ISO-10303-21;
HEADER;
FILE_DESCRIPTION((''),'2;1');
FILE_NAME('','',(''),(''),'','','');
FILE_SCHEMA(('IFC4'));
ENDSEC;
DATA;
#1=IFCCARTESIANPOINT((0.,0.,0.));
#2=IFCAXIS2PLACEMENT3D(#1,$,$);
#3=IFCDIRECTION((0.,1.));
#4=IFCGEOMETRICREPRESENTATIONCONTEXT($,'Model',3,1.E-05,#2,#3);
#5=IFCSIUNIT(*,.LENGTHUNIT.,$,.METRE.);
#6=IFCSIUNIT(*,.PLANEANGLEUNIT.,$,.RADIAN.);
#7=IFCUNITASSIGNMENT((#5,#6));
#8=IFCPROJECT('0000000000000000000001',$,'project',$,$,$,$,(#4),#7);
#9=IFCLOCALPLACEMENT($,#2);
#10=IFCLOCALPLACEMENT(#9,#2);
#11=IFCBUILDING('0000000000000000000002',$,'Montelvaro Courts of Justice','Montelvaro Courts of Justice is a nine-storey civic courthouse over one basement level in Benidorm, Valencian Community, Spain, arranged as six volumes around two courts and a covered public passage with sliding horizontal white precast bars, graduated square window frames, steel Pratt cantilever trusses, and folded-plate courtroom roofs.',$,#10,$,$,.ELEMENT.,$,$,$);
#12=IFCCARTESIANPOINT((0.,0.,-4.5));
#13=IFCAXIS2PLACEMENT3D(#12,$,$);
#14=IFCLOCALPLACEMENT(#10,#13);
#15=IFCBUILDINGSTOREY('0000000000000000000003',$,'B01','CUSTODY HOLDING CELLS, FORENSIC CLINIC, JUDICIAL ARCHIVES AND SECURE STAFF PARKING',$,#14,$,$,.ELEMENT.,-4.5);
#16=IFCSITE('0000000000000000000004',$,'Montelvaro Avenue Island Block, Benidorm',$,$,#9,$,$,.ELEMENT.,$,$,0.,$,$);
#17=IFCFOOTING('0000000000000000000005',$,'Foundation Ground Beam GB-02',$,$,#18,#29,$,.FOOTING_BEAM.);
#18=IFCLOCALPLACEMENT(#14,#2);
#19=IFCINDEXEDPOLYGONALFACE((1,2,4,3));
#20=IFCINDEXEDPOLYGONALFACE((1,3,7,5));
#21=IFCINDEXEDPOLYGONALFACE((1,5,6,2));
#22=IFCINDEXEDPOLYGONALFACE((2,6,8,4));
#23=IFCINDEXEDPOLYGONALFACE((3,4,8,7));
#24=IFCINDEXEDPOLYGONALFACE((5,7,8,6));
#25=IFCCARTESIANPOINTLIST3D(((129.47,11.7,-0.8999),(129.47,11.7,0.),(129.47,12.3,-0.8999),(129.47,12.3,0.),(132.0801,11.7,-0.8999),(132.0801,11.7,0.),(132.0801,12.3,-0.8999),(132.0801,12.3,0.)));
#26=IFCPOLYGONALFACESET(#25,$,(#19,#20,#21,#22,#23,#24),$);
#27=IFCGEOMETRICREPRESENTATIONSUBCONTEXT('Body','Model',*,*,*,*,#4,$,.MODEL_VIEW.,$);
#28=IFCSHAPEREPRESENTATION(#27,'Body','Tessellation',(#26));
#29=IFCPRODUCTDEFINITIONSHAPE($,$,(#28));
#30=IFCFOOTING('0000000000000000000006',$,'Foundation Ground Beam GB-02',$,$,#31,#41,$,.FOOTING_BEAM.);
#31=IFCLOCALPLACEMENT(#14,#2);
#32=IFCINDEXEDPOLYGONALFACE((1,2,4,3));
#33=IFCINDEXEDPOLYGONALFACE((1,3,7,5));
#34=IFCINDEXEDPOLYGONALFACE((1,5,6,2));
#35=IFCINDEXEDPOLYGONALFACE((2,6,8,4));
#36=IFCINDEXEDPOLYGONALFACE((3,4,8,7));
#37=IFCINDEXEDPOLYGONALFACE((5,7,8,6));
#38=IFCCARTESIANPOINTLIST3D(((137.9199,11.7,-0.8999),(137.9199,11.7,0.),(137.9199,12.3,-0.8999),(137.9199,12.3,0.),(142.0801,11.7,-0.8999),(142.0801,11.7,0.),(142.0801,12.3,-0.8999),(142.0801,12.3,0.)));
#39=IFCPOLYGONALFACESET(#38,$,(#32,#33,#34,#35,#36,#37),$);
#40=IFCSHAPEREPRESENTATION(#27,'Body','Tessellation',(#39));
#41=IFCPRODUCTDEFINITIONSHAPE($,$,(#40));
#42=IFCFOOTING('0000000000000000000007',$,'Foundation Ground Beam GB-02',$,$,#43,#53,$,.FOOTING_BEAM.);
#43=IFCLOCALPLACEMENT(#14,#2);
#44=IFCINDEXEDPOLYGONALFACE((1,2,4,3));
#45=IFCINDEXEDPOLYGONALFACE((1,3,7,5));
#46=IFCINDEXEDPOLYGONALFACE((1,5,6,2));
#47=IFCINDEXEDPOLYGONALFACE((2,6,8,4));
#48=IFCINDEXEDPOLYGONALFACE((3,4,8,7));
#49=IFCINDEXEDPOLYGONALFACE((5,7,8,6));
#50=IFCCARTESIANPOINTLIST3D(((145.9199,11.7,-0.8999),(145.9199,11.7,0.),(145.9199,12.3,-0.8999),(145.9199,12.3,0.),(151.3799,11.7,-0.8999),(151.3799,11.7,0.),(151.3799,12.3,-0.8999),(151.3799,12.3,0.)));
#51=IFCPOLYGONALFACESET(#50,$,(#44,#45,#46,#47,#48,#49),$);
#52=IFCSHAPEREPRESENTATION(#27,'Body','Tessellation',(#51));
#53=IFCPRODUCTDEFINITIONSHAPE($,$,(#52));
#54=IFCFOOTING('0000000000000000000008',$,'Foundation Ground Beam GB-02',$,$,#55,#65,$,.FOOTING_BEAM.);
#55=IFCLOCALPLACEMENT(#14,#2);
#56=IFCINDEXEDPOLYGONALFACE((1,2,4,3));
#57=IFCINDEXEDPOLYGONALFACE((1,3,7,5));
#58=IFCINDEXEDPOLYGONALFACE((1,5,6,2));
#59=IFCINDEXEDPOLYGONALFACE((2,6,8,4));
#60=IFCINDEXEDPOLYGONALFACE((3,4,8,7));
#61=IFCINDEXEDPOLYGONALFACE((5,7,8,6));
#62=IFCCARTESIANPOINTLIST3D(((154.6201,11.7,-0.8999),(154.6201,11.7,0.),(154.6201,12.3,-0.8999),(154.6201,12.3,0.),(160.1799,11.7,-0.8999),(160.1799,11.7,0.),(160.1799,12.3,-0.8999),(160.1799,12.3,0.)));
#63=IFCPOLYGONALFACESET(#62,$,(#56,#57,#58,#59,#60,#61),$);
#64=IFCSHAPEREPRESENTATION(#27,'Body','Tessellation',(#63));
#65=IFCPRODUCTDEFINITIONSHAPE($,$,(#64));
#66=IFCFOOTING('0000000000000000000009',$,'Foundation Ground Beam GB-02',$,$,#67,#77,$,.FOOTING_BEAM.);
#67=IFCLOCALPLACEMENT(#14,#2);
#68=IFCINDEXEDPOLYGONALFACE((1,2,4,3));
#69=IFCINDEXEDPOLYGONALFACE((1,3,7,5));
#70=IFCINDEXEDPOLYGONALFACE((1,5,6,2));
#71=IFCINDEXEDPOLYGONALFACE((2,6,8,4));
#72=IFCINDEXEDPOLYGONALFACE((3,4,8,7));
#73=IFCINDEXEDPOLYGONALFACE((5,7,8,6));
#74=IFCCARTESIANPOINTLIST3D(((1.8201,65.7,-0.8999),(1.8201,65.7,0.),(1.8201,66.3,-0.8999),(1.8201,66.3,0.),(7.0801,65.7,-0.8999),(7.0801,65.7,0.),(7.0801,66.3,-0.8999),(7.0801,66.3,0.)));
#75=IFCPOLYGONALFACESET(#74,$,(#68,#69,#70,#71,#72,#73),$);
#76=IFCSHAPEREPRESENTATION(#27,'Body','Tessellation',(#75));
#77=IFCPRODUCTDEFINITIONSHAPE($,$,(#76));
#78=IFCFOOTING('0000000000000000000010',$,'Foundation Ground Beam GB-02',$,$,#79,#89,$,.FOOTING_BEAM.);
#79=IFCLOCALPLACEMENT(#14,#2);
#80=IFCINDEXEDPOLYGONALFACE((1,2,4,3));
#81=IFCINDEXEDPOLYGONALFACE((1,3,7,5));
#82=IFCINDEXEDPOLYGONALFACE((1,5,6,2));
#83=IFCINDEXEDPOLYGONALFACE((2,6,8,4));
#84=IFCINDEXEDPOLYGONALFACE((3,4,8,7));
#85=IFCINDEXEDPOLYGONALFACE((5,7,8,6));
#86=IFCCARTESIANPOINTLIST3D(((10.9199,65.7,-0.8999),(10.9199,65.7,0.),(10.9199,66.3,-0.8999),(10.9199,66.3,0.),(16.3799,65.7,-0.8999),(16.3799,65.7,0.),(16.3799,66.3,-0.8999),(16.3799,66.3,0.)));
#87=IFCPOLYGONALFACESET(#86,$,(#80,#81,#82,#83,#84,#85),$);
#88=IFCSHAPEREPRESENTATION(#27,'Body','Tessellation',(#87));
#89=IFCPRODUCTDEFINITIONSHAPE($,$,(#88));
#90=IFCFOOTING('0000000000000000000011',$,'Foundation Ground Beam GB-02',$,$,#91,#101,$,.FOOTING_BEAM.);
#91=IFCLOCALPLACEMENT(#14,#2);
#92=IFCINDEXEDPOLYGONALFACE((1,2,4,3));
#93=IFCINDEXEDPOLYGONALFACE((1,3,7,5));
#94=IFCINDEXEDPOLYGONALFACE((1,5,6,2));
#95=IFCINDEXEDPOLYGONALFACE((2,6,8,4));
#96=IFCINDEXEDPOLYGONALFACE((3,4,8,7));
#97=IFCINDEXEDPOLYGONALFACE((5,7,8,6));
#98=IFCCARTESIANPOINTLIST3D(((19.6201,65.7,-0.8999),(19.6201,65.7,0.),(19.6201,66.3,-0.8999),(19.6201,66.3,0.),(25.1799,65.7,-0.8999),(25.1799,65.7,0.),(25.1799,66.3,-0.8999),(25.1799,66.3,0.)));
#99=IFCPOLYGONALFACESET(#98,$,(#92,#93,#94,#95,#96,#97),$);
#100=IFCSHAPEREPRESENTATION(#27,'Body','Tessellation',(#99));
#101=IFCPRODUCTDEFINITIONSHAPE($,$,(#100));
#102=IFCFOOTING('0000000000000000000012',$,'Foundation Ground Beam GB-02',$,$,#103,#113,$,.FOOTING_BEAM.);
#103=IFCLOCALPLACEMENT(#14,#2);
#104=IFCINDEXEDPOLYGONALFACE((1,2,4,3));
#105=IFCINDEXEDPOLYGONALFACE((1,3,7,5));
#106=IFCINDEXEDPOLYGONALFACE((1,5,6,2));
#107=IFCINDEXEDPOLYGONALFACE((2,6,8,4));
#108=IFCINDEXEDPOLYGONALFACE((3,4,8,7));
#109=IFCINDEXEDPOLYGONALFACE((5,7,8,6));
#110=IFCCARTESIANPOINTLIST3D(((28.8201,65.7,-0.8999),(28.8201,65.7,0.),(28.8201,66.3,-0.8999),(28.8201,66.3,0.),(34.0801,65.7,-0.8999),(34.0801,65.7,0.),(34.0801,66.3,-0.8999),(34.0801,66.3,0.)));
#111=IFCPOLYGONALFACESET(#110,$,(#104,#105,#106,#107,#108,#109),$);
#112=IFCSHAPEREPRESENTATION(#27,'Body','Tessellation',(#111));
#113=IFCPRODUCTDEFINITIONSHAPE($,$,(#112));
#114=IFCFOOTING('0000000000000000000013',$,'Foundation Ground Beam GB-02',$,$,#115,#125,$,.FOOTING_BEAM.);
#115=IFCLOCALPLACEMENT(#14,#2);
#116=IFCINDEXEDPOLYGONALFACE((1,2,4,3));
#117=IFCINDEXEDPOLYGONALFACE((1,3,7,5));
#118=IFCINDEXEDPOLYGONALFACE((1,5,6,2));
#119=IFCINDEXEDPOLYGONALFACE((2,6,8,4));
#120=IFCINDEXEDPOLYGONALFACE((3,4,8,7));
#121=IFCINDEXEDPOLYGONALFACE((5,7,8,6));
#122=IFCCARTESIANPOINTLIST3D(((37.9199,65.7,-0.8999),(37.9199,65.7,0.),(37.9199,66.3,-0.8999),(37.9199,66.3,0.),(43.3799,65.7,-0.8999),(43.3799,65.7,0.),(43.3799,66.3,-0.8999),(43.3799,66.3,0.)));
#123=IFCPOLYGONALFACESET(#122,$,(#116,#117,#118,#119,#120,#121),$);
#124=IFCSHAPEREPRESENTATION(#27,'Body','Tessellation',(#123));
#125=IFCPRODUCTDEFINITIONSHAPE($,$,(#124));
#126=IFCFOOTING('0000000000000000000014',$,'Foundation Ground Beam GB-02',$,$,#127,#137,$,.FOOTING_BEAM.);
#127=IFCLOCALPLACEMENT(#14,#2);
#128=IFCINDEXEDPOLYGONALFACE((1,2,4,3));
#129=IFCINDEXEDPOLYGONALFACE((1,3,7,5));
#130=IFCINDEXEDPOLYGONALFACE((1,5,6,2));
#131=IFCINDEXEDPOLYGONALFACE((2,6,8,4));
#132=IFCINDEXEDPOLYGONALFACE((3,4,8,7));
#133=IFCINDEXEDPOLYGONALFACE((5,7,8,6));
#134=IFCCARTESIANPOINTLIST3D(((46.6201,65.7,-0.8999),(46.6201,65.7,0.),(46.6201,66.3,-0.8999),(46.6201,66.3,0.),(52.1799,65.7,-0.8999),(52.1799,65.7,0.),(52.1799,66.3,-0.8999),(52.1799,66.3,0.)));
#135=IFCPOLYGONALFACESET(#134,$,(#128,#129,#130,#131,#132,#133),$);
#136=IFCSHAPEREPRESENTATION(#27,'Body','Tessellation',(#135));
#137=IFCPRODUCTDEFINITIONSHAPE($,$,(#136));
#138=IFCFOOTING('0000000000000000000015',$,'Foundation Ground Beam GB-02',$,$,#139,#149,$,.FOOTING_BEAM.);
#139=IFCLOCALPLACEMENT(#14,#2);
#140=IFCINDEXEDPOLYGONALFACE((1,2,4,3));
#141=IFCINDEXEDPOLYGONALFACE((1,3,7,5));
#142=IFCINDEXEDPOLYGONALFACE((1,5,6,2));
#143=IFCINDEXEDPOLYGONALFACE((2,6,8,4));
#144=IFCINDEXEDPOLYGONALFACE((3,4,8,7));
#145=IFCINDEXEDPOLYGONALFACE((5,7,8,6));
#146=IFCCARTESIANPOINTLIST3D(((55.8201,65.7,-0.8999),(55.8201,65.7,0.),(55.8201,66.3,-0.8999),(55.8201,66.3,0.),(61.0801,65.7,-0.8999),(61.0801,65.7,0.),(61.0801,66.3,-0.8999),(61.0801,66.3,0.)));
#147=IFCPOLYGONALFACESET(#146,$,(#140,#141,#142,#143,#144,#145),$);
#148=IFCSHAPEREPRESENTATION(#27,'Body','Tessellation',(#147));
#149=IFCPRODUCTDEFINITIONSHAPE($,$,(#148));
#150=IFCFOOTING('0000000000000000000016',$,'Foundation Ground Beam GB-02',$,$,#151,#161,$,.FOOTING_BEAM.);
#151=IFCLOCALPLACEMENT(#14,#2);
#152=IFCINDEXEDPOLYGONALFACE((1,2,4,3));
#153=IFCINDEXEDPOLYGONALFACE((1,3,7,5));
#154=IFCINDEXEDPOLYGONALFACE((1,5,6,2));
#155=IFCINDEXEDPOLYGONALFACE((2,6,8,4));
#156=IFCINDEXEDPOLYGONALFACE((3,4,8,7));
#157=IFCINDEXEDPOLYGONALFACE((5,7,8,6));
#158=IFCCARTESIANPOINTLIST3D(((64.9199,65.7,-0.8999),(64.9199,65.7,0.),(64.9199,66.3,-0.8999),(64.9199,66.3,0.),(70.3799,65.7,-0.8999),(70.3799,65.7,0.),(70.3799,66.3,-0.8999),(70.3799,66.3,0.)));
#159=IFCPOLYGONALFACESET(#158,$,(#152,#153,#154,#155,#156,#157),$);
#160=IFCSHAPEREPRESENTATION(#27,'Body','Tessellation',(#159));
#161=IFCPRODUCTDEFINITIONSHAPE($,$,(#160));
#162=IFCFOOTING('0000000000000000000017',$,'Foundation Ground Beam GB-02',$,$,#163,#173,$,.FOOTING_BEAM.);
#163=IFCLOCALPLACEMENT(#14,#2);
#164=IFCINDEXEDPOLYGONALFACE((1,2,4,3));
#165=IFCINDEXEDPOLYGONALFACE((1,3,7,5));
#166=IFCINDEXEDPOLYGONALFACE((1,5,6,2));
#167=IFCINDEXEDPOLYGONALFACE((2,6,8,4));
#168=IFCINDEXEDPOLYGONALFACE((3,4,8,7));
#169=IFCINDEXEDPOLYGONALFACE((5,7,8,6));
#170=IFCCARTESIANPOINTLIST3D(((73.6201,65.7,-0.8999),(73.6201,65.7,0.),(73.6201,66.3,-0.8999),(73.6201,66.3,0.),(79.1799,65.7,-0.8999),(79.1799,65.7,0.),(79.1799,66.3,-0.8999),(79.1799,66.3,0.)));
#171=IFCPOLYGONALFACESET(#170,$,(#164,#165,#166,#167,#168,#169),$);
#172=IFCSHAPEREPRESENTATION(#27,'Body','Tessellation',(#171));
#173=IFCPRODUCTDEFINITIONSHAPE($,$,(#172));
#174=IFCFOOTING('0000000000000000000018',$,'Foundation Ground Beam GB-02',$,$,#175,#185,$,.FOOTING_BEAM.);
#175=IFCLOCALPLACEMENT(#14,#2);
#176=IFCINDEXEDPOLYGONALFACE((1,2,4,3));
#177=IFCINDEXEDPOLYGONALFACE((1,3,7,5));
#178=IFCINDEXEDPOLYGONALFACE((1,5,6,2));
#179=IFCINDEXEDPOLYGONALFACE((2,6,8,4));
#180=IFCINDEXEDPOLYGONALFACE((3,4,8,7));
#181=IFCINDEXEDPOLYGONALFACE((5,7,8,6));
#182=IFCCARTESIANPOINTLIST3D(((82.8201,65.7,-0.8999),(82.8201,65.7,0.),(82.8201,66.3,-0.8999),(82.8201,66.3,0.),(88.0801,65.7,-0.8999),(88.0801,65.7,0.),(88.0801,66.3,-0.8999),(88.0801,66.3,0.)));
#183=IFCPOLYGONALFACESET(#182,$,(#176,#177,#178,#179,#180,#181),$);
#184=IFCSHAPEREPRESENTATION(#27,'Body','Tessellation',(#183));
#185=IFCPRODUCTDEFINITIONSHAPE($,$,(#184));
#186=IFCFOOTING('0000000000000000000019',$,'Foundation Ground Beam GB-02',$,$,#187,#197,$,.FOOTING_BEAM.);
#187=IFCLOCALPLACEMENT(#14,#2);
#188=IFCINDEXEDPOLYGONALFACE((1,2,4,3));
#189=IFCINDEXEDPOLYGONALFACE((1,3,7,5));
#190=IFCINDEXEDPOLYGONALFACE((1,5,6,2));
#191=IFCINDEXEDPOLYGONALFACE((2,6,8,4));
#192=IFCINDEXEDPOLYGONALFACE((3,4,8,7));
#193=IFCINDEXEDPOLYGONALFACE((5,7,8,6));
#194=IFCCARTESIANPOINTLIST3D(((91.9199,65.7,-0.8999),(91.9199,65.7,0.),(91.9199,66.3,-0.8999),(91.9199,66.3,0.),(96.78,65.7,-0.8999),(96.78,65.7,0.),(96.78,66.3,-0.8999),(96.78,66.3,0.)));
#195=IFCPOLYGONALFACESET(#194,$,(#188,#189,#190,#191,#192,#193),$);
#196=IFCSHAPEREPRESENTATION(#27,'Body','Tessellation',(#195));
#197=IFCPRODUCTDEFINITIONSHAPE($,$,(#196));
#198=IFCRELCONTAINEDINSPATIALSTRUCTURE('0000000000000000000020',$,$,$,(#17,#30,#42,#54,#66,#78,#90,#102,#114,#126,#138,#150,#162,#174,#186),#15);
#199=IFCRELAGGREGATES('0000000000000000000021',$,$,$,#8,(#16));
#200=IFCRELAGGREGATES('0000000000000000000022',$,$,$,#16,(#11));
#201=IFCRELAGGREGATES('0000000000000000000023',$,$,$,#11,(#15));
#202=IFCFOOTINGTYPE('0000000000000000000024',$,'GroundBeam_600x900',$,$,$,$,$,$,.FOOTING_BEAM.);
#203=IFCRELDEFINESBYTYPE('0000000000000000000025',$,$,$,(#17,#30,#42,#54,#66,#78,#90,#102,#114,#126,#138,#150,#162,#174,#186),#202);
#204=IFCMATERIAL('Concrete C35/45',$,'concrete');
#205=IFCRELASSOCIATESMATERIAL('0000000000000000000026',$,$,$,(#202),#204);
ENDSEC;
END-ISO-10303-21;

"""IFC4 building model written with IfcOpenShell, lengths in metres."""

from ifc_helpers import new_model, si_unit, direction, frame, origin, place, context, subcontext, project, spatial, polyline, outline, extrude, material, type_object, element, save


model = new_model("IFC4")

# Units and contexts
model_context = context("Model", 3, precision=1e-05, world=origin(), true_north=direction((0.0, 1.0)))
body_context = subcontext(model_context, "Body", "Model", "MODEL_VIEW")
ifc_project = project(units=[si_unit("LENGTHUNIT", "METRE"), si_unit("PLANEANGLEUNIT", "RADIAN")], contexts=[model_context])

# Site, building, storey
site_placement = place(None, origin())
site = spatial("IfcSite", under=ifc_project, at=site_placement, Name="Montelvaro Avenue Island Block, Benidorm", CompositionType="ELEMENT", RefElevation=0.0)
building_placement = place(site_placement, origin())
building = spatial("IfcBuilding", under=site, at=building_placement, Name="Montelvaro Courts of Justice", Description="Montelvaro Courts of Justice is a nine-storey civic courthouse over one basement level in Benidorm, Valencian Community, Spain, arranged as six volumes around two courts and a covered public passage with sliding horizontal white precast bars, graduated square window frames, steel Pratt cantilever trusses, and folded-plate courtroom roofs.", CompositionType="ELEMENT")
storey_placement = place(building_placement, frame((0.0, 0.0, -4.5)))
storey = spatial("IfcBuildingStorey", under=building, at=storey_placement, Name="B01", Description="CUSTODY HOLDING CELLS, FORENSIC CLINIC, JUDICIAL ARCHIVES AND SECURE STAFF PARKING", CompositionType="ELEMENT", Elevation=-4.5)

# Footings
ifc_material = material(Name="Concrete C35/45", Category="concrete")
footing_type = type_object("IfcFootingType", Name="GroundBeam_600x900", PredefinedType="FOOTING_BEAM", material=ifc_material)
footing_1_placement = place(storey_placement, frame((0.0, 0.0, -0.8999)))
element("IfcFooting", 1, at=footing_1_placement, inside=storey, type_object=footing_type, Name="Foundation Ground Beam GB-02", PredefinedType="FOOTING_BEAM", context=body_context, shape_type="SweptSolid", body=[
    extrude(outline(polyline([(129.47, 11.7), (132.0801, 11.7), (132.0801, 12.3), (129.47, 12.3), (129.47, 11.7)])), origin(), (0.0, 0.0, 1.0), 0.8999),
])
footing_2_placement = place(storey_placement, frame((0.0, 0.0, -0.8999)))
element("IfcFooting", 2, at=footing_2_placement, inside=storey, type_object=footing_type, Name="Foundation Ground Beam GB-02", PredefinedType="FOOTING_BEAM", context=body_context, shape_type="SweptSolid", body=[
    extrude(outline(polyline([(137.9199, 11.7), (142.0801, 11.7), (142.0801, 12.3), (137.9199, 12.3), (137.9199, 11.7)])), origin(), (0.0, 0.0, 1.0), 0.8999),
])
footing_3_placement = place(storey_placement, frame((0.0, 0.0, -0.8999)))
element("IfcFooting", 3, at=footing_3_placement, inside=storey, type_object=footing_type, Name="Foundation Ground Beam GB-02", PredefinedType="FOOTING_BEAM", context=body_context, shape_type="SweptSolid", body=[
    extrude(outline(polyline([(145.9199, 11.7), (151.3799, 11.7), (151.3799, 12.3), (145.9199, 12.3), (145.9199, 11.7)])), origin(), (0.0, 0.0, 1.0), 0.8999),
])
footing_4_placement = place(storey_placement, frame((0.0, 0.0, -0.8999)))
element("IfcFooting", 4, at=footing_4_placement, inside=storey, type_object=footing_type, Name="Foundation Ground Beam GB-02", PredefinedType="FOOTING_BEAM", context=body_context, shape_type="SweptSolid", body=[
    extrude(outline(polyline([(154.6201, 11.7), (160.1799, 11.7), (160.1799, 12.3), (154.6201, 12.3), (154.6201, 11.7)])), origin(), (0.0, 0.0, 1.0), 0.8999),
])
footing_5_placement = place(storey_placement, frame((0.0, 0.0, -0.8999)))
element("IfcFooting", 5, at=footing_5_placement, inside=storey, type_object=footing_type, Name="Foundation Ground Beam GB-02", PredefinedType="FOOTING_BEAM", context=body_context, shape_type="SweptSolid", body=[
    extrude(outline(polyline([(1.8201, 65.7), (7.0801, 65.7), (7.0801, 66.3), (1.8201, 66.3), (1.8201, 65.7)])), origin(), (0.0, 0.0, 1.0), 0.8999),
])
footing_6_placement = place(storey_placement, frame((0.0, 0.0, -0.8999)))
element("IfcFooting", 6, at=footing_6_placement, inside=storey, type_object=footing_type, Name="Foundation Ground Beam GB-02", PredefinedType="FOOTING_BEAM", context=body_context, shape_type="SweptSolid", body=[
    extrude(outline(polyline([(10.9199, 65.7), (16.3799, 65.7), (16.3799, 66.3), (10.9199, 66.3), (10.9199, 65.7)])), origin(), (0.0, 0.0, 1.0), 0.8999),
])
footing_7_placement = place(storey_placement, frame((0.0, 0.0, -0.8999)))
element("IfcFooting", 7, at=footing_7_placement, inside=storey, type_object=footing_type, Name="Foundation Ground Beam GB-02", PredefinedType="FOOTING_BEAM", context=body_context, shape_type="SweptSolid", body=[
    extrude(outline(polyline([(19.6201, 65.7), (25.1799, 65.7), (25.1799, 66.3), (19.6201, 66.3), (19.6201, 65.7)])), origin(), (0.0, 0.0, 1.0), 0.8999),
])
footing_8_placement = place(storey_placement, frame((0.0, 0.0, -0.8999)))
element("IfcFooting", 8, at=footing_8_placement, inside=storey, type_object=footing_type, Name="Foundation Ground Beam GB-02", PredefinedType="FOOTING_BEAM", context=body_context, shape_type="SweptSolid", body=[
    extrude(outline(polyline([(28.8201, 65.7), (34.0801, 65.7), (34.0801, 66.3), (28.8201, 66.3), (28.8201, 65.7)])), origin(), (0.0, 0.0, 1.0), 0.8999),
])
footing_9_placement = place(storey_placement, frame((0.0, 0.0, -0.8999)))
element("IfcFooting", 9, at=footing_9_placement, inside=storey, type_object=footing_type, Name="Foundation Ground Beam GB-02", PredefinedType="FOOTING_BEAM", context=body_context, shape_type="SweptSolid", body=[
    extrude(outline(polyline([(37.9199, 65.7), (43.3799, 65.7), (43.3799, 66.3), (37.9199, 66.3), (37.9199, 65.7)])), origin(), (0.0, 0.0, 1.0), 0.8999),
])
footing_10_placement = place(storey_placement, frame((0.0, 0.0, -0.8999)))
element("IfcFooting", 10, at=footing_10_placement, inside=storey, type_object=footing_type, Name="Foundation Ground Beam GB-02", PredefinedType="FOOTING_BEAM", context=body_context, shape_type="SweptSolid", body=[
    extrude(outline(polyline([(46.6201, 65.7), (52.1799, 65.7), (52.1799, 66.3), (46.6201, 66.3), (46.6201, 65.7)])), origin(), (0.0, 0.0, 1.0), 0.8999),
])
footing_11_placement = place(storey_placement, frame((0.0, 0.0, -0.8999)))
element("IfcFooting", 11, at=footing_11_placement, inside=storey, type_object=footing_type, Name="Foundation Ground Beam GB-02", PredefinedType="FOOTING_BEAM", context=body_context, shape_type="SweptSolid", body=[
    extrude(outline(polyline([(55.8201, 65.7), (61.0801, 65.7), (61.0801, 66.3), (55.8201, 66.3), (55.8201, 65.7)])), origin(), (0.0, 0.0, 1.0), 0.8999),
])
footing_12_placement = place(storey_placement, frame((0.0, 0.0, -0.8999)))
element("IfcFooting", 12, at=footing_12_placement, inside=storey, type_object=footing_type, Name="Foundation Ground Beam GB-02", PredefinedType="FOOTING_BEAM", context=body_context, shape_type="SweptSolid", body=[
    extrude(outline(polyline([(64.9199, 65.7), (70.3799, 65.7), (70.3799, 66.3), (64.9199, 66.3), (64.9199, 65.7)])), origin(), (0.0, 0.0, 1.0), 0.8999),
])
footing_13_placement = place(storey_placement, frame((0.0, 0.0, -0.8999)))
element("IfcFooting", 13, at=footing_13_placement, inside=storey, type_object=footing_type, Name="Foundation Ground Beam GB-02", PredefinedType="FOOTING_BEAM", context=body_context, shape_type="SweptSolid", body=[
    extrude(outline(polyline([(73.6201, 65.7), (79.1799, 65.7), (79.1799, 66.3), (73.6201, 66.3), (73.6201, 65.7)])), origin(), (0.0, 0.0, 1.0), 0.8999),
])
footing_14_placement = place(storey_placement, frame((0.0, 0.0, -0.8999)))
element("IfcFooting", 14, at=footing_14_placement, inside=storey, type_object=footing_type, Name="Foundation Ground Beam GB-02", PredefinedType="FOOTING_BEAM", context=body_context, shape_type="SweptSolid", body=[
    extrude(outline(polyline([(82.8201, 65.7), (88.0801, 65.7), (88.0801, 66.3), (82.8201, 66.3), (82.8201, 65.7)])), origin(), (0.0, 0.0, 1.0), 0.8999),
])
footing_15_placement = place(storey_placement, frame((0.0, 0.0, -0.8999)))
element("IfcFooting", 15, at=footing_15_placement, inside=storey, type_object=footing_type, Name="Foundation Ground Beam GB-02", PredefinedType="FOOTING_BEAM", context=body_context, shape_type="SweptSolid", body=[
    extrude(outline(polyline([(91.9199, 65.7), (96.78, 65.7), (96.78, 66.3), (91.9199, 66.3), (91.9199, 65.7)])), origin(), (0.0, 0.0, 1.0), 0.8999),
])

save(model, "model.ifc")
